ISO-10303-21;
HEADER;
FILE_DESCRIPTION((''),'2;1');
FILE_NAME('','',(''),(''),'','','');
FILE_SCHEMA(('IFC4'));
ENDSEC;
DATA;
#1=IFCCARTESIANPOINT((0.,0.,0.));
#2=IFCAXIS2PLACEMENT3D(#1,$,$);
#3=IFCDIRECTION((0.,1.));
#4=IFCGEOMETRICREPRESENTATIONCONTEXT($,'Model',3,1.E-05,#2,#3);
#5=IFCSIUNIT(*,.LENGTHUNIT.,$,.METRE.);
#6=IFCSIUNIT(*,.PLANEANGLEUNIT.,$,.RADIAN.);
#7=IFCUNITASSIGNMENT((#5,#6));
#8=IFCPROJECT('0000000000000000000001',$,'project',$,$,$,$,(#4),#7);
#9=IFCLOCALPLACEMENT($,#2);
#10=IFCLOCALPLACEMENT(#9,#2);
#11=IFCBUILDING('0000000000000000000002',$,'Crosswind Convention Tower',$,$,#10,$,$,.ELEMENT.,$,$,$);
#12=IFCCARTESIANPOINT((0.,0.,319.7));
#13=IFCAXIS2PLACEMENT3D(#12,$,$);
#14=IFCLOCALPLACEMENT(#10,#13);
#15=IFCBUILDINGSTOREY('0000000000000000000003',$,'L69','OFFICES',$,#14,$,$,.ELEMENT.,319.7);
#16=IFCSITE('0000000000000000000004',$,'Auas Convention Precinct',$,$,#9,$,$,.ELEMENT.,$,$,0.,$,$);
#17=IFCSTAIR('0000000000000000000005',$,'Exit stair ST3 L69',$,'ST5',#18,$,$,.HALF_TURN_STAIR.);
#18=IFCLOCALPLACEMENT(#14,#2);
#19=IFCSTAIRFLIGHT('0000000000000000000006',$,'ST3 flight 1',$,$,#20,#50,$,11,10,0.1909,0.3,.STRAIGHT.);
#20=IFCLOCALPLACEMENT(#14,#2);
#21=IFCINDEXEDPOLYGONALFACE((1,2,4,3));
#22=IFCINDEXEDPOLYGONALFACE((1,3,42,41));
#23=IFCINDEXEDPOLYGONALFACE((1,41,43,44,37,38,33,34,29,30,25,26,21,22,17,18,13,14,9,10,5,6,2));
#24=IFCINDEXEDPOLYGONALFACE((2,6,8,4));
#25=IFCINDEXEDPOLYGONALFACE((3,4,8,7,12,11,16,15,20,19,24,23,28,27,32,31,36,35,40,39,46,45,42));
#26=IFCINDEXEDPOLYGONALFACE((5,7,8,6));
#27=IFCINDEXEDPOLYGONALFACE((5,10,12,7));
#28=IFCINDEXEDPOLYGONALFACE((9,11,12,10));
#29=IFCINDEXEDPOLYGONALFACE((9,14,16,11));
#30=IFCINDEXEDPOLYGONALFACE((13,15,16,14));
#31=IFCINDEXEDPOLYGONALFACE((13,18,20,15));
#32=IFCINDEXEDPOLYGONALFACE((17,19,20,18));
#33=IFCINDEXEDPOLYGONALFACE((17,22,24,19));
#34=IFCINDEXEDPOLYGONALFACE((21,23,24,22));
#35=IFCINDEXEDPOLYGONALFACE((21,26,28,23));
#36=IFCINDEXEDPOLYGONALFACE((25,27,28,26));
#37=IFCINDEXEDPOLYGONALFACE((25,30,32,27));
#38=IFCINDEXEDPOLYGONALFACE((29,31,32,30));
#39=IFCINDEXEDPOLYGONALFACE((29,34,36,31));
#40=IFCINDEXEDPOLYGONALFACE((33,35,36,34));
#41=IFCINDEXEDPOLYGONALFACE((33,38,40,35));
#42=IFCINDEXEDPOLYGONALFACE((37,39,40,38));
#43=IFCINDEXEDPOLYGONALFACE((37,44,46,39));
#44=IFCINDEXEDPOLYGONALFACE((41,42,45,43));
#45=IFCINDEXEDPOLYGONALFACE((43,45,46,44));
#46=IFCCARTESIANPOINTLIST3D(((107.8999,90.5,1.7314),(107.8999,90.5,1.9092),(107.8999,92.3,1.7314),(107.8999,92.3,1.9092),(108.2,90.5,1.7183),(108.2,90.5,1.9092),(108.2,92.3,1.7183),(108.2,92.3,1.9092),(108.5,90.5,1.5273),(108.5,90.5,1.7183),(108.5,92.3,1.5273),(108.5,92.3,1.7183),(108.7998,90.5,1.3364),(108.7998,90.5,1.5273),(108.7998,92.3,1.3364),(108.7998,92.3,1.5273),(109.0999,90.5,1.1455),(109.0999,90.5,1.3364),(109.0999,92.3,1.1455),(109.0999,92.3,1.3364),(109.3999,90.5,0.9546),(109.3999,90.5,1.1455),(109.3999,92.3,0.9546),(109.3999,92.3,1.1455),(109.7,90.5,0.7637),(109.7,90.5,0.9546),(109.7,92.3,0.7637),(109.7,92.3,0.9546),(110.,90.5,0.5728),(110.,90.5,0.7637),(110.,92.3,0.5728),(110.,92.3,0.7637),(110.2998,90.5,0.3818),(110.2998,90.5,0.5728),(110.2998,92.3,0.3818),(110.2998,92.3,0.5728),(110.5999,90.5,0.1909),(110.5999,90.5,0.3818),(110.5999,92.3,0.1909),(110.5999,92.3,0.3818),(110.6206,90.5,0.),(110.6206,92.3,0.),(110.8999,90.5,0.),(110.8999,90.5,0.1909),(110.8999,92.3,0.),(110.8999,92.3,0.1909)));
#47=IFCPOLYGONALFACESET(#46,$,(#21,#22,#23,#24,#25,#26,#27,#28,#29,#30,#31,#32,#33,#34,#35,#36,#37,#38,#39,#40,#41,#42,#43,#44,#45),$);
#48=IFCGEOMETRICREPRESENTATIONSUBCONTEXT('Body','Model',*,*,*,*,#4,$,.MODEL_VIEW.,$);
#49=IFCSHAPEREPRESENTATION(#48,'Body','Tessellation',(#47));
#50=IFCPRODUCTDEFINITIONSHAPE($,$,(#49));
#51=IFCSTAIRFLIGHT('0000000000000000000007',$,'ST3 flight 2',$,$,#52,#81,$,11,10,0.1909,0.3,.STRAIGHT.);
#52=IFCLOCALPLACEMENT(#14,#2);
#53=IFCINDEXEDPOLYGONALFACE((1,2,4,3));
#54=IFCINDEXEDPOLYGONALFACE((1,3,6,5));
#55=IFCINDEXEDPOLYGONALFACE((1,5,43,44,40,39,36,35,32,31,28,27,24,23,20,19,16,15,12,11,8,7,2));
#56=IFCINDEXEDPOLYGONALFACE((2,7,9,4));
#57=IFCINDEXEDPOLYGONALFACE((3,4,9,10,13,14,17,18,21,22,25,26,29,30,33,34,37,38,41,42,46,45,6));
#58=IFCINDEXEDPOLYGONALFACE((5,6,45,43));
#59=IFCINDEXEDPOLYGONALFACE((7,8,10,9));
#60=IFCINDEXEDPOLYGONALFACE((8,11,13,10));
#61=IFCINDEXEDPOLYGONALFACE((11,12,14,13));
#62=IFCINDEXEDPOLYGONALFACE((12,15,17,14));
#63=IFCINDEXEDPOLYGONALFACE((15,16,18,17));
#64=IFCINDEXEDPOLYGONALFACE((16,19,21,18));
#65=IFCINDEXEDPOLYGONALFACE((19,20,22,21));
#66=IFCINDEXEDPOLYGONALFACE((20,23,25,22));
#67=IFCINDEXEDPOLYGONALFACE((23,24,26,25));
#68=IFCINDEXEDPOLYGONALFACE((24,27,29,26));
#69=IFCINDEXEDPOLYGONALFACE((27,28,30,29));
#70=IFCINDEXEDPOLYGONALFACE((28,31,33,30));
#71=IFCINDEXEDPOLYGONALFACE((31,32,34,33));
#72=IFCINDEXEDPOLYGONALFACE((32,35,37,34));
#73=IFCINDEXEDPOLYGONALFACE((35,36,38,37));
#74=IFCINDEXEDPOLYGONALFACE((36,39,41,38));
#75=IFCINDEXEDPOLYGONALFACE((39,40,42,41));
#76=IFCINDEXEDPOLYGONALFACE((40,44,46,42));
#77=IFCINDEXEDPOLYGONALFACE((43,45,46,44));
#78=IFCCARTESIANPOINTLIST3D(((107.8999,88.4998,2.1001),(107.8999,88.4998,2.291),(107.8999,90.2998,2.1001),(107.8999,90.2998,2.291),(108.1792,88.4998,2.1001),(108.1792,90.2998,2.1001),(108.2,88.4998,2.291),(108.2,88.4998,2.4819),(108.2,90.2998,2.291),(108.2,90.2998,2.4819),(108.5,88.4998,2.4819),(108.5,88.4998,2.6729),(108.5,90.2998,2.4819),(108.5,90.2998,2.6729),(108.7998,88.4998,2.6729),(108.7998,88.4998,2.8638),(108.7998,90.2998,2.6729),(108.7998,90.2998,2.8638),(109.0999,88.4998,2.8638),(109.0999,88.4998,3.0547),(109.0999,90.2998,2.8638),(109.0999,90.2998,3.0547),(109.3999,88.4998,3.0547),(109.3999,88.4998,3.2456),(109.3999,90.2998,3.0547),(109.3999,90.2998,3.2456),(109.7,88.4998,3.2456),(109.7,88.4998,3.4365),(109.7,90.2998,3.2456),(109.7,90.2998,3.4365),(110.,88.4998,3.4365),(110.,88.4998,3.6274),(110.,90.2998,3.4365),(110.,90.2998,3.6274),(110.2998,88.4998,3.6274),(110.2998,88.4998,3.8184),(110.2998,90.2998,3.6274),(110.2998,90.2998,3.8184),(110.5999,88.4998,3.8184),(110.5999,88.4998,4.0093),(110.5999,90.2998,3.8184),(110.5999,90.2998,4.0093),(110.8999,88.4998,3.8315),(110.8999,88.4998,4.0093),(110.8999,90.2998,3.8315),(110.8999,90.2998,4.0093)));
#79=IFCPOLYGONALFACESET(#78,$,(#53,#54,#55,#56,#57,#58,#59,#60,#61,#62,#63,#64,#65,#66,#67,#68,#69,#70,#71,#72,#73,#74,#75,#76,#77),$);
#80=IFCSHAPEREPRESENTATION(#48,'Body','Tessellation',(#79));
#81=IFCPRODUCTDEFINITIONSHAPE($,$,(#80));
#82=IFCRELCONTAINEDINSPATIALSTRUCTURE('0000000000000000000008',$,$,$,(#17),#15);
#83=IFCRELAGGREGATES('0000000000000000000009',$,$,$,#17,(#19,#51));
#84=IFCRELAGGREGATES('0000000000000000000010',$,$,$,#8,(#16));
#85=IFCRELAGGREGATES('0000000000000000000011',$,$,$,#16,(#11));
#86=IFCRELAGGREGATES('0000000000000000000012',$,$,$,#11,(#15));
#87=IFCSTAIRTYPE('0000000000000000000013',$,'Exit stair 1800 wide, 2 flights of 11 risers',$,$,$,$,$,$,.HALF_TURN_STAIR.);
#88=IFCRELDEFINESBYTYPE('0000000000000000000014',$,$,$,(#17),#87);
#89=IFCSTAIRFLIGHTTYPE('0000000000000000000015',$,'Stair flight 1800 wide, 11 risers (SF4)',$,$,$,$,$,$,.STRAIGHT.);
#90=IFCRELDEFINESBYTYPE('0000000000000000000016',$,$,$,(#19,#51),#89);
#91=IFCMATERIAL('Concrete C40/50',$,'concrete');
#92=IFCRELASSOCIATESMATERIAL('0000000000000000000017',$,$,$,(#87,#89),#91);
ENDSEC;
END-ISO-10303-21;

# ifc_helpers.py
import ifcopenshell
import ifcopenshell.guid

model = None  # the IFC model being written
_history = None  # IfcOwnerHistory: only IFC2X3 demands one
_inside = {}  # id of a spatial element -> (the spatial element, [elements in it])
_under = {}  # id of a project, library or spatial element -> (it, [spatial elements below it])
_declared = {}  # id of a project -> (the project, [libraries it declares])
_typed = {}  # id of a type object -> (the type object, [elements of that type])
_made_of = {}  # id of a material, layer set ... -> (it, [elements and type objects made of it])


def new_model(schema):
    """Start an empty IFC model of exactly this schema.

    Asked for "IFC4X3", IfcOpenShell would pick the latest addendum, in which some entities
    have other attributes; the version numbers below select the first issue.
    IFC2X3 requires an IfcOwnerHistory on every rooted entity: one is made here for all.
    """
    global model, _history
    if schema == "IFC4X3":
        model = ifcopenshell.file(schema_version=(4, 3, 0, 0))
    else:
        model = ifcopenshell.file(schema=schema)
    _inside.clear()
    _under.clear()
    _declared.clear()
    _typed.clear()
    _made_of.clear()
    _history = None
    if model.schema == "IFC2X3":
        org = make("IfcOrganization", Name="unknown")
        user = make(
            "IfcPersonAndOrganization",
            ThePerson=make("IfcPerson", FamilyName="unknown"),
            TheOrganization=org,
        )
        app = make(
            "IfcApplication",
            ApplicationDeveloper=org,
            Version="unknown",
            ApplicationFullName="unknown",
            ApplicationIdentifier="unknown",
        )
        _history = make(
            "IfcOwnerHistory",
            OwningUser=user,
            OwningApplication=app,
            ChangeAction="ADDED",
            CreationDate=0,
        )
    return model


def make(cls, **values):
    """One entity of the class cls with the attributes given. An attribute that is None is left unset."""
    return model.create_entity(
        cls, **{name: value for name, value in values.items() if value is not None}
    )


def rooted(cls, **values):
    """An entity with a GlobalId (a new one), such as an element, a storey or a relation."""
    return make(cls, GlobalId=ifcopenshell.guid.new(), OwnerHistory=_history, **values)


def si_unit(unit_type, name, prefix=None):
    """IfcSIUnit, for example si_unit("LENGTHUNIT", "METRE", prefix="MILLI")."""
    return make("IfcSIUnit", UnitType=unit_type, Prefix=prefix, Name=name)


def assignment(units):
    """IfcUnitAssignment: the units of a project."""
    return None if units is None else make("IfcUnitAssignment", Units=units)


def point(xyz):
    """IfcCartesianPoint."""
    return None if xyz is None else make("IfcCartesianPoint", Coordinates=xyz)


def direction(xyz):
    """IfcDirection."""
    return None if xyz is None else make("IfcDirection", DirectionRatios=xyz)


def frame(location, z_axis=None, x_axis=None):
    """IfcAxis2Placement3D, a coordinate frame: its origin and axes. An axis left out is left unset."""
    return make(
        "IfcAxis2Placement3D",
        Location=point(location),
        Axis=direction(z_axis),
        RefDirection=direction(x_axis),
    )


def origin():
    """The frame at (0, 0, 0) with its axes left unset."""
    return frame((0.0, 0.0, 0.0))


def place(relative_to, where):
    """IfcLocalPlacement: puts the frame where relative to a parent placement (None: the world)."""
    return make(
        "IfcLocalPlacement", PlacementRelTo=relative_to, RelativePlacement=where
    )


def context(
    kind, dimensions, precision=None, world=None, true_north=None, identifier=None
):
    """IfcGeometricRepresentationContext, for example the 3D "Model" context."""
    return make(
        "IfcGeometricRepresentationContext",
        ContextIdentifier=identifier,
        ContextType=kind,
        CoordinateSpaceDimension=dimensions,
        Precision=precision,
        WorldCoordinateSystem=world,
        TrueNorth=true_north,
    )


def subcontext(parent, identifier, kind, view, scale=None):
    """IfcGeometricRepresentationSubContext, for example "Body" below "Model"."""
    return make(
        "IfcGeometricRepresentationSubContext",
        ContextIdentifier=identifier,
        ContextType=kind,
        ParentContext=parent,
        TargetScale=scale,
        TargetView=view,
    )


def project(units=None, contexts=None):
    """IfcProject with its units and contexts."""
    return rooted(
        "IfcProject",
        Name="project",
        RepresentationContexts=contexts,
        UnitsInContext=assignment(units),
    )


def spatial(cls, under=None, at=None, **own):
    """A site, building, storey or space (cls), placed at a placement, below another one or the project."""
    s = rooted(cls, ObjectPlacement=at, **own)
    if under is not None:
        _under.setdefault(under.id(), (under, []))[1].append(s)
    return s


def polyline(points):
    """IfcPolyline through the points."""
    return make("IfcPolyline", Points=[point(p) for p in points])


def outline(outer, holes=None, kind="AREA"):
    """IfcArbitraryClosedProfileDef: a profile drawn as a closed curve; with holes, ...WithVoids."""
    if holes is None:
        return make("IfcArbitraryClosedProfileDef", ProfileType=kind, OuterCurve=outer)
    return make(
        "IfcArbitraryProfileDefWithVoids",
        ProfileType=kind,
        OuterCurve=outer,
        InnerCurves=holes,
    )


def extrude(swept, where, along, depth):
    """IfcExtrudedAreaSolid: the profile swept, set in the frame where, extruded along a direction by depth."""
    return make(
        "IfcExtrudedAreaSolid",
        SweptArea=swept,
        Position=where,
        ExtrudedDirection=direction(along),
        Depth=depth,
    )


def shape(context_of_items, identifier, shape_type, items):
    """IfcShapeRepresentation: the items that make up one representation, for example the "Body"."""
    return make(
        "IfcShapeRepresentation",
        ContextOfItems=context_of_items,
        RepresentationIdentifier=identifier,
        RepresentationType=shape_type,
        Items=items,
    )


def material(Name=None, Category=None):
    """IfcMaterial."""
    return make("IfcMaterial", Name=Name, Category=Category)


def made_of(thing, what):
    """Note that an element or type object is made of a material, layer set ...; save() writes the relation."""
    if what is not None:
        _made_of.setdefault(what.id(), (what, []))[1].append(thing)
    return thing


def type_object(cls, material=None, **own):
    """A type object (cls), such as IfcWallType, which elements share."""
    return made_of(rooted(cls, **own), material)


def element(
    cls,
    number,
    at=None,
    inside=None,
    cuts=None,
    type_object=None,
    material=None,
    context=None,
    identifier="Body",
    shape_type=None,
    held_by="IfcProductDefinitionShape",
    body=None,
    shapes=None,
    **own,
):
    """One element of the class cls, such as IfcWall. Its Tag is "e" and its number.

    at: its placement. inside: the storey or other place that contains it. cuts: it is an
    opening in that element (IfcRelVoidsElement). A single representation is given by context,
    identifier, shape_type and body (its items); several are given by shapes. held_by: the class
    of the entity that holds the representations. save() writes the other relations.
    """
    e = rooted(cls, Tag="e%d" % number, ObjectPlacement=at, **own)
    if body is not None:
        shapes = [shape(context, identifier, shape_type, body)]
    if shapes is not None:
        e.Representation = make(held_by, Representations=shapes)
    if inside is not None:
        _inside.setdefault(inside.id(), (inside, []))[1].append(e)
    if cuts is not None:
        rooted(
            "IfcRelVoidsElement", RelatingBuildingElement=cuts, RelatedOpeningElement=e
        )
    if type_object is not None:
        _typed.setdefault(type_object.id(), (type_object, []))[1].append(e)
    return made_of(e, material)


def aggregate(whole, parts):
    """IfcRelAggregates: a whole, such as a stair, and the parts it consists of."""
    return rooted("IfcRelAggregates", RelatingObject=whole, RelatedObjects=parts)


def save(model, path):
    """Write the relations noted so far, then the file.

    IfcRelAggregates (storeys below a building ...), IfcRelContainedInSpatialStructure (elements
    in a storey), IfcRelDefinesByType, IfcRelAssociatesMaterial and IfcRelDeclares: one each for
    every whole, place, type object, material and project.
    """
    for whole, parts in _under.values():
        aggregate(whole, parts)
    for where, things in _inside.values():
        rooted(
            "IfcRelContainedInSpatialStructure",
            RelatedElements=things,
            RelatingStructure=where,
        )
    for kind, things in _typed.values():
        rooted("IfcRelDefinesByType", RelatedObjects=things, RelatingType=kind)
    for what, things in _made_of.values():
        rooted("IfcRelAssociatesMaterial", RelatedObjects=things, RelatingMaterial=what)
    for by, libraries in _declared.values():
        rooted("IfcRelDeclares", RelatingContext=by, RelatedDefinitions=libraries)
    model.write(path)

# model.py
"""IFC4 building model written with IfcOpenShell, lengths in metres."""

from ifc_helpers import new_model, si_unit, direction, frame, origin, place, context, subcontext, project, spatial, polyline, outline, extrude, material, type_object, element, aggregate, save


model = new_model("IFC4")

# Units and contexts
model_context = context("Model", 3, precision=1e-05, world=origin(), true_north=direction((0.0, 1.0)))
body_context = subcontext(model_context, "Body", "Model", "MODEL_VIEW")
ifc_project = project(units=[si_unit("LENGTHUNIT", "METRE"), si_unit("PLANEANGLEUNIT", "RADIAN")], contexts=[model_context])

# Site, building, storey
site_placement = place(None, origin())
site = spatial("IfcSite", under=ifc_project, at=site_placement, Name="Auas Convention Precinct", CompositionType="ELEMENT", RefElevation=0.0)
building_placement = place(site_placement, origin())
building = spatial("IfcBuilding", under=site, at=building_placement, Name="Crosswind Convention Tower", CompositionType="ELEMENT")
storey_placement = place(building_placement, frame((0.0, 0.0, 319.7)))
storey = spatial("IfcBuildingStorey", under=building, at=storey_placement, Name="L69", Description="OFFICES", CompositionType="ELEMENT", Elevation=319.7)

# Shared definitions
ifc_material_1 = material(Name="Concrete C40/50", Category="concrete")

# Stair
stair_type = type_object("IfcStairType", Name="Exit stair 1800 wide, 2 flights of 11 risers", PredefinedType="HALF_TURN_STAIR", material=ifc_material_1)
stair_1_placement = place(storey_placement, origin())
stair_1 = element("IfcStair", 1, at=stair_1_placement, inside=storey, type_object=stair_type, Name="Exit stair ST3 L69", ObjectType="ST5", PredefinedType="HALF_TURN_STAIR")

# Stair flights
stair_flight_type = type_object("IfcStairFlightType", Name="Stair flight 1800 wide, 11 risers (SF4)", PredefinedType="STRAIGHT", material=ifc_material_1)
stair_flight_1_placement = place(storey_placement, frame((110.8999, 91.3999, 0.0), z_axis=(0.0, 0.0, 1.0), x_axis=(-1.0, 0.0, 0.0)))
stair_flight_1 = element("IfcStairFlight", 2, at=stair_flight_1_placement, type_object=stair_flight_type, Name="ST3 flight 1", NumberOfRisers=11, NumberOfTreads=10, PredefinedType="STRAIGHT", RiserHeight=0.1909, TreadLength=0.3, context=body_context, shape_type="SweptSolid", body=[
    extrude(outline(polyline([(0.0, 0.0), (0.0, 0.1909), (0.3, 0.1909), (0.3, 0.3818), (0.6001, 0.3818), (0.6001, 0.5728), (0.8999, 0.5728), (0.8999, 0.7637), (1.2, 0.7637), (1.2, 0.9546), (1.5, 0.9546), (1.5, 1.1455), (1.8, 1.1455), (1.8, 1.3364), (2.1001, 1.3364), (2.1001, 1.5273), (2.3999, 1.5273), (2.3999, 1.7183), (2.7, 1.7183), (2.7, 1.9092), (3.0, 1.9092), (3.0, 2.1001), (3.0, 1.7314), (0.2793, 0.0), (0.0, 0.0)])), frame((0.0, 0.8999, 0.0), z_axis=(0.0, -1.0, 0.0), x_axis=(1.0, 0.0, 0.0)), (0.0, 0.0, 1.0), 1.8),
])
stair_flight_2_placement = place(storey_placement, frame((107.8999, 89.3999, 2.1001), z_axis=(0.0, 0.0, 1.0), x_axis=(1.0, 0.0, 0.0)))
stair_flight_2 = element("IfcStairFlight", 3, at=stair_flight_2_placement, type_object=stair_flight_type, Name="ST3 flight 2", NumberOfRisers=11, NumberOfTreads=10, PredefinedType="STRAIGHT", RiserHeight=0.1909, TreadLength=0.3, context=body_context, shape_type="SweptSolid", body=[
    extrude(outline(polyline([(0.0, 0.0), (0.0, 0.1909), (0.3, 0.1909), (0.3, 0.3818), (0.6001, 0.3818), (0.6001, 0.5728), (0.8999, 0.5728), (0.8999, 0.7637), (1.2, 0.7637), (1.2, 0.9546), (1.5, 0.9546), (1.5, 1.1455), (1.8, 1.1455), (1.8, 1.3364), (2.1001, 1.3364), (2.1001, 1.5273), (2.3999, 1.5273), (2.3999, 1.7183), (2.7, 1.7183), (2.7, 1.9092), (3.0, 1.9092), (3.0, 2.1001), (3.0, 1.7314), (0.2793, 0.0), (0.0, 0.0)])), frame((0.0, 0.8999, 0.0), z_axis=(0.0, -1.0, 0.0), x_axis=(1.0, 0.0, 0.0)), (0.0, 0.0, 1.0), 1.8),
])
aggregate(stair_1, [stair_flight_1, stair_flight_2])

save(model, "model.ifc")
